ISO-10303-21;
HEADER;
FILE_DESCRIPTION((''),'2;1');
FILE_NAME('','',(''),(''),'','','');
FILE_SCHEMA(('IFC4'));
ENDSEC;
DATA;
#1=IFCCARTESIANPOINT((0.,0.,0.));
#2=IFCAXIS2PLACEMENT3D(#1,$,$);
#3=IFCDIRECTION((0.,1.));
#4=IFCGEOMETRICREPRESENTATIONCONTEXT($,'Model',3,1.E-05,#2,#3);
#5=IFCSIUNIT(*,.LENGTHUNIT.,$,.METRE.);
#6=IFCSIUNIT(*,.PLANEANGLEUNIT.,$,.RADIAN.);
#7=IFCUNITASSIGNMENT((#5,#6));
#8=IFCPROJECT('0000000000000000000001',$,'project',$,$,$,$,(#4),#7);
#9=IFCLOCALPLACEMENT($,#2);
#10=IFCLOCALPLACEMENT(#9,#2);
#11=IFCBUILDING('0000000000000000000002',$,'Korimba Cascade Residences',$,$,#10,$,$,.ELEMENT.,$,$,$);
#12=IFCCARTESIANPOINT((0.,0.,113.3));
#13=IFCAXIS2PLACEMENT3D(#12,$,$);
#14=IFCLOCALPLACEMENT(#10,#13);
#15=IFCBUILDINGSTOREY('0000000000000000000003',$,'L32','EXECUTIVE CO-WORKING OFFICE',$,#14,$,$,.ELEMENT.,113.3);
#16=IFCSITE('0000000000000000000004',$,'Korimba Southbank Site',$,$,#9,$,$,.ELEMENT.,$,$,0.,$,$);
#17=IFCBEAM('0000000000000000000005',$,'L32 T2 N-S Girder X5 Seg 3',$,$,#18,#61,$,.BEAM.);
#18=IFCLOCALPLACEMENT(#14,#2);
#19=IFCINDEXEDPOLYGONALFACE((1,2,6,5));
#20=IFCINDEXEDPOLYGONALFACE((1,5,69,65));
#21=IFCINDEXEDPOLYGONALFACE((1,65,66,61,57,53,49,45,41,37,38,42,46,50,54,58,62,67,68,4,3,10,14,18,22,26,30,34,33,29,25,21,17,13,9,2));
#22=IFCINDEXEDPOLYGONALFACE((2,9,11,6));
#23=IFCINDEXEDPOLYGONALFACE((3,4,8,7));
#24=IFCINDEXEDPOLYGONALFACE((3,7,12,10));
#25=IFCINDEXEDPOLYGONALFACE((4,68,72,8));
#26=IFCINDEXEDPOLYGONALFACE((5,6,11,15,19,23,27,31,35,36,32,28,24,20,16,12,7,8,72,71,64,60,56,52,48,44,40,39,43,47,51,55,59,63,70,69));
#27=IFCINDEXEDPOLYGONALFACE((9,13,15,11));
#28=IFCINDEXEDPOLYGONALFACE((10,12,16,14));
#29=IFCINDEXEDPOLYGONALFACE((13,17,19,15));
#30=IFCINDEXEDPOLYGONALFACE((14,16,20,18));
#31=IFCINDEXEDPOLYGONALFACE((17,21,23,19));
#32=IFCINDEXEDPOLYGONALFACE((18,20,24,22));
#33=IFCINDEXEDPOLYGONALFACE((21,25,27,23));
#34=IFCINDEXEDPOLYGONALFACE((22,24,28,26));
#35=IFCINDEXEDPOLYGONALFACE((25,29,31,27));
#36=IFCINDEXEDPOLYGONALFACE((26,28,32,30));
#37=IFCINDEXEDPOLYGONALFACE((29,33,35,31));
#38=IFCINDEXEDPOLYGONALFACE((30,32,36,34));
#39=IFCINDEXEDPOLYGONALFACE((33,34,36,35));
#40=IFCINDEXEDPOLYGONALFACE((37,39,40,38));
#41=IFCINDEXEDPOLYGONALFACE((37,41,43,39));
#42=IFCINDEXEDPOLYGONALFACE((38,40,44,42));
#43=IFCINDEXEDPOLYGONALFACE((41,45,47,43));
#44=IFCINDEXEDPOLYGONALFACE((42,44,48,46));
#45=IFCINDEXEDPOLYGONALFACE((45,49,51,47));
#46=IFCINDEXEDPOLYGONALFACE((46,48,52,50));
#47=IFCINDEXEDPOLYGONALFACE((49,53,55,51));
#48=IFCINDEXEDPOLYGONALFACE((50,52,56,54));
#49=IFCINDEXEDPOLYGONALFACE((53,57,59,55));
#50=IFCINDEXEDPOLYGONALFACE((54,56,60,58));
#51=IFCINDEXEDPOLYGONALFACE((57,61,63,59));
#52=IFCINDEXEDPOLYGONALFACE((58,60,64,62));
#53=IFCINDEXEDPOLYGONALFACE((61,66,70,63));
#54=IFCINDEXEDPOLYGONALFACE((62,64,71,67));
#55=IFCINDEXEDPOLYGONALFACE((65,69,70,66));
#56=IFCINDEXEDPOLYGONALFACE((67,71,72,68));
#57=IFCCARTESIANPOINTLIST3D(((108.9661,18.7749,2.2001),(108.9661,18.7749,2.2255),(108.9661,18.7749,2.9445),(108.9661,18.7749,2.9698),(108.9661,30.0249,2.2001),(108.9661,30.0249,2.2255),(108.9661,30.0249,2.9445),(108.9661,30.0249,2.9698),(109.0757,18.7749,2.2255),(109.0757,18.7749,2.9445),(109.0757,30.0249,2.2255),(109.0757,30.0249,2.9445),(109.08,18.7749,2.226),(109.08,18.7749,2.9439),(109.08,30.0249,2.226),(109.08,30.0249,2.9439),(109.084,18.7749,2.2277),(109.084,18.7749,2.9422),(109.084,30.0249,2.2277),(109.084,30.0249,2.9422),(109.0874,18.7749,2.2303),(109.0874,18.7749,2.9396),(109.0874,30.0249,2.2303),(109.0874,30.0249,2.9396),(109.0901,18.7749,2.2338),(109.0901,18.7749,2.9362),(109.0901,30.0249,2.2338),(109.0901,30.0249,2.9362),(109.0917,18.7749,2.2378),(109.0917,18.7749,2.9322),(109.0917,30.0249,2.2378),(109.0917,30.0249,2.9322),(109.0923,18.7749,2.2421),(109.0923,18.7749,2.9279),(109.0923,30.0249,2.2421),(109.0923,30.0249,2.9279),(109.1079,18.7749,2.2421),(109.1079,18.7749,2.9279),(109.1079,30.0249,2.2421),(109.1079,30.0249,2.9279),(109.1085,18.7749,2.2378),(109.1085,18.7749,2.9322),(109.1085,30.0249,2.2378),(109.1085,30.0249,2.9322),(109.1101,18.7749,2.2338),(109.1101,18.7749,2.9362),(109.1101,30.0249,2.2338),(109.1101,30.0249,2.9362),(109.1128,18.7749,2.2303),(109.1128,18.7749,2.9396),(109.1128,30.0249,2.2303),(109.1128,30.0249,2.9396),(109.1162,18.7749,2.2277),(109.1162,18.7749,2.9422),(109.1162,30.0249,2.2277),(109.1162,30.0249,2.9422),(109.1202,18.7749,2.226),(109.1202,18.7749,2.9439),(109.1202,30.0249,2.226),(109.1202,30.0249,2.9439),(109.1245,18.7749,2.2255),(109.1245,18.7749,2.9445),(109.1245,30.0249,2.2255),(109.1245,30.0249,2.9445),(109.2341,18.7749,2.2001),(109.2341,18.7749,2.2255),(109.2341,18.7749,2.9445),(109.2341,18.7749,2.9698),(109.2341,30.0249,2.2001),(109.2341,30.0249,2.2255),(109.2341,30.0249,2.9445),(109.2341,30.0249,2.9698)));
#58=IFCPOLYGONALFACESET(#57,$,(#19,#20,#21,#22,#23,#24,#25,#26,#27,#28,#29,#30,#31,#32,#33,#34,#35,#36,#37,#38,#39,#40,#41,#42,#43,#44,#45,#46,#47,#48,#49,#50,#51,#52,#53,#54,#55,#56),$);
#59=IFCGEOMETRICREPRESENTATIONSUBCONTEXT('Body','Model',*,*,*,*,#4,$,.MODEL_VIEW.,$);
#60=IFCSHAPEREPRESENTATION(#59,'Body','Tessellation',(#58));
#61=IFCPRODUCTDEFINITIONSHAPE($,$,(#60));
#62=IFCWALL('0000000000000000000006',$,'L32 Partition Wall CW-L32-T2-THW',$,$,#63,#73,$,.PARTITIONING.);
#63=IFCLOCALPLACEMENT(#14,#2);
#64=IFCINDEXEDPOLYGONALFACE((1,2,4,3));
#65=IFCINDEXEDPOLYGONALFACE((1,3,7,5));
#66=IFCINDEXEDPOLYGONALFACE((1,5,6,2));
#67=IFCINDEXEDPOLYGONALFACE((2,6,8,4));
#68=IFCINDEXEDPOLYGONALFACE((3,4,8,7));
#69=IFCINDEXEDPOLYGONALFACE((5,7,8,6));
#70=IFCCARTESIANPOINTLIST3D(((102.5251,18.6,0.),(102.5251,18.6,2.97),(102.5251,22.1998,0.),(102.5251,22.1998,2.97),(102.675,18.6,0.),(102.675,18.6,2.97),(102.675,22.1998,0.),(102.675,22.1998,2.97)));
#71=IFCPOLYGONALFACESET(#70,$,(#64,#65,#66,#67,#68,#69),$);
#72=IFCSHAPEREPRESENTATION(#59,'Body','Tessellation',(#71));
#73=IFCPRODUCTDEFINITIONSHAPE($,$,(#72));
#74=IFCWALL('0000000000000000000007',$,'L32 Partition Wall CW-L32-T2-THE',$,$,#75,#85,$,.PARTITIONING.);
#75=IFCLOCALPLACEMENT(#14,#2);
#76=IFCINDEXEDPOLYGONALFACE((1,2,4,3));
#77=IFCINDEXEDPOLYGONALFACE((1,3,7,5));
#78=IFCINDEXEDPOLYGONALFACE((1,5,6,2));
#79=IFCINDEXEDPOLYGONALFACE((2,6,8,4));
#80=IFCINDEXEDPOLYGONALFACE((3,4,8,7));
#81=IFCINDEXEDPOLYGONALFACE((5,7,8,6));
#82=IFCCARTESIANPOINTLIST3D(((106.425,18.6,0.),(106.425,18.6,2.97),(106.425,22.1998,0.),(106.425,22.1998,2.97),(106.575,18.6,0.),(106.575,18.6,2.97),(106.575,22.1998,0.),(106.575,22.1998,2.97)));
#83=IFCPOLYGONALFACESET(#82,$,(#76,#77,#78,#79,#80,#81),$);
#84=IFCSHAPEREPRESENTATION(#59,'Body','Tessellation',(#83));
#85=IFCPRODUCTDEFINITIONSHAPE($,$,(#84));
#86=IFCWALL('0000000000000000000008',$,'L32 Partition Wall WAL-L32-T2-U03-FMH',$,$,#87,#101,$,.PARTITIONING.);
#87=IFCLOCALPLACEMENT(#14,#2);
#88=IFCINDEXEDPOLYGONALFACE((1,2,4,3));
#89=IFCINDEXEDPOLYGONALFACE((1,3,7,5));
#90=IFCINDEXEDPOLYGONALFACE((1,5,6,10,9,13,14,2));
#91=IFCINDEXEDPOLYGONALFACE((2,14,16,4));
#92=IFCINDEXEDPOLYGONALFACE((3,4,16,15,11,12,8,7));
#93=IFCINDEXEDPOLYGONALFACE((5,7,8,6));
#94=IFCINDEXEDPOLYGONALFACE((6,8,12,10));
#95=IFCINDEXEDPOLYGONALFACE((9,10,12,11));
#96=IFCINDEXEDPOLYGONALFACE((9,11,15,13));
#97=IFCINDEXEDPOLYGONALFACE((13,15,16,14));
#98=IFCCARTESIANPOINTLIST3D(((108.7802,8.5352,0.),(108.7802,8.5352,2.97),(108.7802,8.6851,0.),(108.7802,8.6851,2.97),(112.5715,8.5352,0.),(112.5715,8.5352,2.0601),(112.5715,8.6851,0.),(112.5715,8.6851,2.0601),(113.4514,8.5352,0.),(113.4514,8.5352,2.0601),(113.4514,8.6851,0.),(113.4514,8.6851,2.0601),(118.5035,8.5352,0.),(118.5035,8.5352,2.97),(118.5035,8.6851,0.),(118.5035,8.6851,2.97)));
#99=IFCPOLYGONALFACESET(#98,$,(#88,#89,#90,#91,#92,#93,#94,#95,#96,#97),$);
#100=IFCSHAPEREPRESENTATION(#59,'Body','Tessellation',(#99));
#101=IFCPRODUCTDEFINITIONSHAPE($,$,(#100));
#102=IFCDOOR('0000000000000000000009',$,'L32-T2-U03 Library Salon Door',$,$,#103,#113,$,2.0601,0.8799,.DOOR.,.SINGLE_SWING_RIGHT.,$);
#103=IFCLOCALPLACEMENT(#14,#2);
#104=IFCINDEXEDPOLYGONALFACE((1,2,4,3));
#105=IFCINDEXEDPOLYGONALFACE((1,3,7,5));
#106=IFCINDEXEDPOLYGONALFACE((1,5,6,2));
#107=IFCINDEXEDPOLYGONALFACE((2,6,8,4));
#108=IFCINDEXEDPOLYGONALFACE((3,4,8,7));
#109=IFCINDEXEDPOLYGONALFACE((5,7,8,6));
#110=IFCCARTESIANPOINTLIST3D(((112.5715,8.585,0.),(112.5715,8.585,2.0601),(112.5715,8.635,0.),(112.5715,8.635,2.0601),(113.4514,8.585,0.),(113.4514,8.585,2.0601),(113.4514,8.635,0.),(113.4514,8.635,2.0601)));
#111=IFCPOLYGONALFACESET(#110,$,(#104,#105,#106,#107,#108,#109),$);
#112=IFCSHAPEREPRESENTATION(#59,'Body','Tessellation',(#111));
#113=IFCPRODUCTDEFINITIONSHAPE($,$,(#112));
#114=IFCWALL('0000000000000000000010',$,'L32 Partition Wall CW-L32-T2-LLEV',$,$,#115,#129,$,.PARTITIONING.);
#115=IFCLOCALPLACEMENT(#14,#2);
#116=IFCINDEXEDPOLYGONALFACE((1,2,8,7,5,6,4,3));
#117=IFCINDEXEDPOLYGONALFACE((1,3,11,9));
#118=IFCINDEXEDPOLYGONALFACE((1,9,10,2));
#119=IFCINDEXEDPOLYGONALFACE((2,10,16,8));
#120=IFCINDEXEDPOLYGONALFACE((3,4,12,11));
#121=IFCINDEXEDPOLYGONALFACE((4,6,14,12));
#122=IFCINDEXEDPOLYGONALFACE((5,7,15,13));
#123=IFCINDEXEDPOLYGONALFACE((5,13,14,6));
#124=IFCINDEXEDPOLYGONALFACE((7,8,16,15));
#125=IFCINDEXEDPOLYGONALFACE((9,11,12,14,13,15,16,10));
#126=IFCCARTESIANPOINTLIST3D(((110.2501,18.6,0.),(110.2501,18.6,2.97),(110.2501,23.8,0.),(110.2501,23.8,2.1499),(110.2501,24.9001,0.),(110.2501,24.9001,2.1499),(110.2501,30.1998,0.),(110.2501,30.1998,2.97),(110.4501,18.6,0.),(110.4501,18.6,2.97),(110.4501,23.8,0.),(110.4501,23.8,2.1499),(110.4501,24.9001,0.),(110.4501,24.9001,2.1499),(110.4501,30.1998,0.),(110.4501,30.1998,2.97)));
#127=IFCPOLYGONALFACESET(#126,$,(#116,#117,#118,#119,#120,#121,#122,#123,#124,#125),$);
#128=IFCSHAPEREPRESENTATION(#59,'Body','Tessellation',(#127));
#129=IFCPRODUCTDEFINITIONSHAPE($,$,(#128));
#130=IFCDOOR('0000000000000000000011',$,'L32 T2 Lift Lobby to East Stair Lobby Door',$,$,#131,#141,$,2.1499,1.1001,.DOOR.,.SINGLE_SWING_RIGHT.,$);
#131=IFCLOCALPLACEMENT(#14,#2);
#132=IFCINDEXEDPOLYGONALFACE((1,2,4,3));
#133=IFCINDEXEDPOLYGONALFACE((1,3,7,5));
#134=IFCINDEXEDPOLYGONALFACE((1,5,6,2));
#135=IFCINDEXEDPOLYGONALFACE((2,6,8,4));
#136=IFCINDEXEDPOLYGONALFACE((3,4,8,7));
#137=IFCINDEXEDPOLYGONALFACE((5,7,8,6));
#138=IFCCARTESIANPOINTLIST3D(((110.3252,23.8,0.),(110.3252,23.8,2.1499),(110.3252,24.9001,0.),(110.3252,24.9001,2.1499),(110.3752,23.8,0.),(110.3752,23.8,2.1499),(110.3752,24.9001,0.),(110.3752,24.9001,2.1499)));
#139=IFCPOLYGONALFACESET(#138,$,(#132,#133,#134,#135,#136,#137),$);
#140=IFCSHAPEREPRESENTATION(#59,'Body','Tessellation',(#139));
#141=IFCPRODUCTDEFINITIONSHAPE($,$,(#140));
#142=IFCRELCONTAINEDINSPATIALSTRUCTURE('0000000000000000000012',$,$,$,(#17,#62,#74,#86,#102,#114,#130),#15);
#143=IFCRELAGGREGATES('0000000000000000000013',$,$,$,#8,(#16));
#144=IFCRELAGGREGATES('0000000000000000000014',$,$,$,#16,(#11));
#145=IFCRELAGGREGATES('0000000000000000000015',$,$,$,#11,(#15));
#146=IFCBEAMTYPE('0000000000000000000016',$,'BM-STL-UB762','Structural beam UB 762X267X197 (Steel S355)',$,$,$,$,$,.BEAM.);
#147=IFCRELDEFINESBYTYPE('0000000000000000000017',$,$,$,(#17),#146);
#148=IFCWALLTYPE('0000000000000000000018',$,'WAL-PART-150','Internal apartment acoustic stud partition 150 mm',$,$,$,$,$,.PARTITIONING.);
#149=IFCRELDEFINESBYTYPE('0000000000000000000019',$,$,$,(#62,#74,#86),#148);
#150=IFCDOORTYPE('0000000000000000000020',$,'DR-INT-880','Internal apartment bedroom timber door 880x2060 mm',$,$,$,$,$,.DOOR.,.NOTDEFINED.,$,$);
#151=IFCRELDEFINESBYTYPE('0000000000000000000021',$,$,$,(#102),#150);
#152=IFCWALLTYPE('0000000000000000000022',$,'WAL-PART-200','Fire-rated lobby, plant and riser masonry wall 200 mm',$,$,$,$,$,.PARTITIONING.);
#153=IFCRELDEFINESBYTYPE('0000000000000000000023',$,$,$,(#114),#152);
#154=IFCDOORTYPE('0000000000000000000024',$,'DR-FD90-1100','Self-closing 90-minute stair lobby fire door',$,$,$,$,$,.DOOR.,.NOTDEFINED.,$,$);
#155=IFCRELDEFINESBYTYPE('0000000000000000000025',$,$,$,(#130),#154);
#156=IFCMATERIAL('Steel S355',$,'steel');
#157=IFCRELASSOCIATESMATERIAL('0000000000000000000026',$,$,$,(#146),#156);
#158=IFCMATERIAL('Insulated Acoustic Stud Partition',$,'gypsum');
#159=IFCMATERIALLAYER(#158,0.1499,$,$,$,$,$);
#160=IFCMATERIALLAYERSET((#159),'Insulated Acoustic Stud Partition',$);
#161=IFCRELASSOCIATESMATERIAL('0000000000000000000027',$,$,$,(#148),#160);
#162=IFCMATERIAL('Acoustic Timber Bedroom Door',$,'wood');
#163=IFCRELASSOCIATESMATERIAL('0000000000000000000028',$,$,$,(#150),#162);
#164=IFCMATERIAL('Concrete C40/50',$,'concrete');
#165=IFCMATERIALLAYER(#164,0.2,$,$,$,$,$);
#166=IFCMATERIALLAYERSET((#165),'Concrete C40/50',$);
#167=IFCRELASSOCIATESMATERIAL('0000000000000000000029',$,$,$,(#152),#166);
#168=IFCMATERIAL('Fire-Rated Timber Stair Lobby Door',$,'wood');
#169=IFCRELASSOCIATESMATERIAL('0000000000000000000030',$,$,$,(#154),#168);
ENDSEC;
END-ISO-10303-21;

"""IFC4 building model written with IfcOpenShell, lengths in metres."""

from ifc_helpers import new_model, si_unit, direction, frame, frame_2d, origin, origin_2d, place, context, subcontext, project, spatial, rectangle, i_section, extrude, material, layer, layer_set, material_profile, profile_set, type_object, element, fill, save


model = new_model("IFC4")

# Units and contexts
model_context = context("Model", 3, precision=1e-05, world=origin(), true_north=direction((0.0, 1.0)))
body_context = subcontext(model_context, "Body", "Model", "MODEL_VIEW")
ifc_project = project(units=[si_unit("LENGTHUNIT", "METRE"), si_unit("PLANEANGLEUNIT", "RADIAN")], contexts=[model_context])

# Site, building, storey
site_placement = place(None, origin())
site = spatial("IfcSite", under=ifc_project, at=site_placement, Name="Korimba Southbank Site", CompositionType="ELEMENT", RefElevation=0.0)
building_placement = place(site_placement, origin())
building = spatial("IfcBuilding", under=site, at=building_placement, Name="Korimba Cascade Residences", CompositionType="ELEMENT")
storey_placement = place(building_placement, frame((0.0, 0.0, 113.3)))
storey = spatial("IfcBuildingStorey", under=building, at=storey_placement, Name="L32", Description="EXECUTIVE CO-WORKING OFFICE", CompositionType="ELEMENT", Elevation=113.3)

# Beam
ifc_material_1 = material(Name="Steel S355", Category="steel")
ifc_material_profile_1 = material_profile(ifc_material_1, i_section(OverallWidth=0.2681, OverallDepth=0.7698, WebThickness=0.0156, FlangeThickness=0.0254, FilletRadius=0.0166, at=origin_2d()), Name="Steel S355")
ifc_profile_set_1 = profile_set([ifc_material_profile_1], Name="Steel S355")
beam_type = type_object("IfcBeamType", Name="BM-STL-UB762", Description="Structural beam UB 762X267X197 (Steel S355)", PredefinedType="BEAM", material=ifc_profile_set_1)
beam_1_placement = place(storey_placement, frame((109.1001, 18.7749, 2.585), z_axis=(0.0, 1.0, 0.0), x_axis=(-1.0, 0.0, 0.0)))
element("IfcBeam", 1, at=beam_1_placement, inside=storey, type_object=beam_type, Name="L32 T2 N-S Girder X5 Seg 3", PredefinedType="BEAM", context=body_context, shape_type="SweptSolid", body=[
    extrude(i_section(OverallWidth=0.2681, OverallDepth=0.7698, WebThickness=0.0156, FlangeThickness=0.0254, FilletRadius=0.0166, at=origin_2d()), origin(), (0.0, 0.0, 1.0), 11.25),
])

# Walls
ifc_material_2 = material(Name="Insulated Acoustic Stud Partition", Category="gypsum")
ifc_layer_1 = layer(ifc_material_2, 0.1499)
ifc_layer_set_1 = layer_set([ifc_layer_1], Name="Insulated Acoustic Stud Partition")
wall_type_1 = type_object("IfcWallType", Name="WAL-PART-150", Description="Internal apartment acoustic stud partition 150 mm", PredefinedType="PARTITIONING", material=ifc_layer_set_1)
for number, where, z_axis, x_axis, name in (
    (2, (102.6001, 18.6001, 0.0), (0.0, 0.0, 1.0), (0.0, 1.0, 0.0), "L32 Partition Wall CW-L32-T2-THW"),
    (3, (106.5, 18.6001, 0.0), (0.0, 0.0, 1.0), (0.0, 1.0, 0.0), "L32 Partition Wall CW-L32-T2-THE"),
):
    element("IfcWall", number, at=place(storey_placement, frame(where, z_axis=z_axis, x_axis=x_axis)), inside=storey, type_object=wall_type_1, Name=name, PredefinedType="PARTITIONING", context=body_context, shape_type="SweptSolid", body=[
        extrude(rectangle(XDim=3.5999, YDim=0.1499, at=frame_2d((1.7998, 0.0))), origin(), (0.0, 0.0, 1.0), 2.97),
    ])

# Walls, openings, doors
wall_1_placement = place(storey_placement, frame((108.78, 8.6101, 0.0), z_axis=(0.0, 0.0, 1.0), x_axis=(1.0, 0.0, 0.0)))
wall_1 = element("IfcWall", 4, at=wall_1_placement, inside=storey, type_object=wall_type_1, Name="L32 Partition Wall WAL-L32-T2-U03-FMH", PredefinedType="PARTITIONING", context=body_context, shape_type="SweptSolid", body=[
    extrude(rectangle(XDim=9.7234, YDim=0.1499, at=frame_2d((4.8618, 0.0))), origin(), (0.0, 0.0, 1.0), 2.97),
])
opening_1_placement = place(wall_1_placement, frame((3.7915, 0.0, 0.0)))
opening_1 = element("IfcOpeningElement", 5, at=opening_1_placement, cuts=wall_1, PredefinedType="OPENING", context=body_context, shape_type="SweptSolid", body=[
    extrude(rectangle(XDim=0.8799, YDim=2.0601, at=frame_2d((0.4399, 1.03))), frame((0.0, 0.085, 0.0), z_axis=(0.0, -1.0, 0.0), x_axis=(1.0, 0.0, 0.0)), (0.0, 0.0, 1.0), 0.1699),
])
ifc_material_3 = material(Name="Acoustic Timber Bedroom Door", Category="wood")
door_type_1 = type_object("IfcDoorType", Name="DR-INT-880", Description="Internal apartment bedroom timber door 880x2060 mm", OperationType="NOTDEFINED", PredefinedType="DOOR", material=ifc_material_3)
door_1_placement = place(opening_1_placement, origin())
door_1 = element("IfcDoor", 6, at=door_1_placement, inside=storey, type_object=door_type_1, Name="L32-T2-U03 Library Salon Door", OperationType="SINGLE_SWING_RIGHT", OverallHeight=2.0601, OverallWidth=0.8799, PredefinedType="DOOR", context=body_context, shape_type="SweptSolid", body=[
    extrude(rectangle(XDim=0.8799, YDim=2.0601, at=frame_2d((0.4399, 1.03))), frame((0.0, 0.0249, 0.0), z_axis=(0.0, -1.0, 0.0), x_axis=(1.0, 0.0, 0.0)), (0.0, 0.0, 1.0), 0.05),
])
fill(opening_1, door_1)
ifc_material_4 = material(Name="Concrete C40/50", Category="concrete")
ifc_layer_2 = layer(ifc_material_4, 0.2)
ifc_layer_set_2 = layer_set([ifc_layer_2], Name="Concrete C40/50")
wall_type_2 = type_object("IfcWallType", Name="WAL-PART-200", Description="Fire-rated lobby, plant and riser masonry wall 200 mm", PredefinedType="PARTITIONING", material=ifc_layer_set_2)
wall_2_placement = place(storey_placement, frame((110.3501, 18.6001, 0.0), z_axis=(0.0, 0.0, 1.0), x_axis=(0.0, 1.0, 0.0)))
wall_2 = element("IfcWall", 7, at=wall_2_placement, inside=storey, type_object=wall_type_2, Name="L32 Partition Wall CW-L32-T2-LLEV", PredefinedType="PARTITIONING", context=body_context, shape_type="SweptSolid", body=[
    extrude(rectangle(XDim=11.5999, YDim=0.2, at=frame_2d((5.7998, 0.0))), origin(), (0.0, 0.0, 1.0), 2.97),
])
opening_2_placement = place(wall_2_placement, frame((5.2, 0.0, 0.0)))
opening_2 = element("IfcOpeningElement", 8, at=opening_2_placement, cuts=wall_2, PredefinedType="OPENING", context=body_context, shape_type="SweptSolid", body=[
    extrude(rectangle(XDim=1.1001, YDim=2.1499, at=frame_2d((0.55, 1.075))), frame((0.0, 0.1099, 0.0), z_axis=(0.0, -1.0, 0.0), x_axis=(1.0, 0.0, 0.0)), (0.0, 0.0, 1.0), 0.22),
])
ifc_material_5 = material(Name="Fire-Rated Timber Stair Lobby Door", Category="wood")
door_type_2 = type_object("IfcDoorType", Name="DR-FD90-1100", Description="Self-closing 90-minute stair lobby fire door", OperationType="NOTDEFINED", PredefinedType="DOOR", material=ifc_material_5)
door_2_placement = place(opening_2_placement, origin())
door_2 = element("IfcDoor", 9, at=door_2_placement, inside=storey, type_object=door_type_2, Name="L32 T2 Lift Lobby to East Stair Lobby Door", OperationType="SINGLE_SWING_RIGHT", OverallHeight=2.1499, OverallWidth=1.1001, PredefinedType="DOOR", context=body_context, shape_type="SweptSolid", body=[
    extrude(rectangle(XDim=1.1001, YDim=2.1499, at=frame_2d((0.55, 1.075))), frame((0.0, 0.0249, 0.0), z_axis=(0.0, -1.0, 0.0), x_axis=(1.0, 0.0, 0.0)), (0.0, 0.0, 1.0), 0.05),
])
fill(opening_2, door_2)

save(model, "model.ifc")
